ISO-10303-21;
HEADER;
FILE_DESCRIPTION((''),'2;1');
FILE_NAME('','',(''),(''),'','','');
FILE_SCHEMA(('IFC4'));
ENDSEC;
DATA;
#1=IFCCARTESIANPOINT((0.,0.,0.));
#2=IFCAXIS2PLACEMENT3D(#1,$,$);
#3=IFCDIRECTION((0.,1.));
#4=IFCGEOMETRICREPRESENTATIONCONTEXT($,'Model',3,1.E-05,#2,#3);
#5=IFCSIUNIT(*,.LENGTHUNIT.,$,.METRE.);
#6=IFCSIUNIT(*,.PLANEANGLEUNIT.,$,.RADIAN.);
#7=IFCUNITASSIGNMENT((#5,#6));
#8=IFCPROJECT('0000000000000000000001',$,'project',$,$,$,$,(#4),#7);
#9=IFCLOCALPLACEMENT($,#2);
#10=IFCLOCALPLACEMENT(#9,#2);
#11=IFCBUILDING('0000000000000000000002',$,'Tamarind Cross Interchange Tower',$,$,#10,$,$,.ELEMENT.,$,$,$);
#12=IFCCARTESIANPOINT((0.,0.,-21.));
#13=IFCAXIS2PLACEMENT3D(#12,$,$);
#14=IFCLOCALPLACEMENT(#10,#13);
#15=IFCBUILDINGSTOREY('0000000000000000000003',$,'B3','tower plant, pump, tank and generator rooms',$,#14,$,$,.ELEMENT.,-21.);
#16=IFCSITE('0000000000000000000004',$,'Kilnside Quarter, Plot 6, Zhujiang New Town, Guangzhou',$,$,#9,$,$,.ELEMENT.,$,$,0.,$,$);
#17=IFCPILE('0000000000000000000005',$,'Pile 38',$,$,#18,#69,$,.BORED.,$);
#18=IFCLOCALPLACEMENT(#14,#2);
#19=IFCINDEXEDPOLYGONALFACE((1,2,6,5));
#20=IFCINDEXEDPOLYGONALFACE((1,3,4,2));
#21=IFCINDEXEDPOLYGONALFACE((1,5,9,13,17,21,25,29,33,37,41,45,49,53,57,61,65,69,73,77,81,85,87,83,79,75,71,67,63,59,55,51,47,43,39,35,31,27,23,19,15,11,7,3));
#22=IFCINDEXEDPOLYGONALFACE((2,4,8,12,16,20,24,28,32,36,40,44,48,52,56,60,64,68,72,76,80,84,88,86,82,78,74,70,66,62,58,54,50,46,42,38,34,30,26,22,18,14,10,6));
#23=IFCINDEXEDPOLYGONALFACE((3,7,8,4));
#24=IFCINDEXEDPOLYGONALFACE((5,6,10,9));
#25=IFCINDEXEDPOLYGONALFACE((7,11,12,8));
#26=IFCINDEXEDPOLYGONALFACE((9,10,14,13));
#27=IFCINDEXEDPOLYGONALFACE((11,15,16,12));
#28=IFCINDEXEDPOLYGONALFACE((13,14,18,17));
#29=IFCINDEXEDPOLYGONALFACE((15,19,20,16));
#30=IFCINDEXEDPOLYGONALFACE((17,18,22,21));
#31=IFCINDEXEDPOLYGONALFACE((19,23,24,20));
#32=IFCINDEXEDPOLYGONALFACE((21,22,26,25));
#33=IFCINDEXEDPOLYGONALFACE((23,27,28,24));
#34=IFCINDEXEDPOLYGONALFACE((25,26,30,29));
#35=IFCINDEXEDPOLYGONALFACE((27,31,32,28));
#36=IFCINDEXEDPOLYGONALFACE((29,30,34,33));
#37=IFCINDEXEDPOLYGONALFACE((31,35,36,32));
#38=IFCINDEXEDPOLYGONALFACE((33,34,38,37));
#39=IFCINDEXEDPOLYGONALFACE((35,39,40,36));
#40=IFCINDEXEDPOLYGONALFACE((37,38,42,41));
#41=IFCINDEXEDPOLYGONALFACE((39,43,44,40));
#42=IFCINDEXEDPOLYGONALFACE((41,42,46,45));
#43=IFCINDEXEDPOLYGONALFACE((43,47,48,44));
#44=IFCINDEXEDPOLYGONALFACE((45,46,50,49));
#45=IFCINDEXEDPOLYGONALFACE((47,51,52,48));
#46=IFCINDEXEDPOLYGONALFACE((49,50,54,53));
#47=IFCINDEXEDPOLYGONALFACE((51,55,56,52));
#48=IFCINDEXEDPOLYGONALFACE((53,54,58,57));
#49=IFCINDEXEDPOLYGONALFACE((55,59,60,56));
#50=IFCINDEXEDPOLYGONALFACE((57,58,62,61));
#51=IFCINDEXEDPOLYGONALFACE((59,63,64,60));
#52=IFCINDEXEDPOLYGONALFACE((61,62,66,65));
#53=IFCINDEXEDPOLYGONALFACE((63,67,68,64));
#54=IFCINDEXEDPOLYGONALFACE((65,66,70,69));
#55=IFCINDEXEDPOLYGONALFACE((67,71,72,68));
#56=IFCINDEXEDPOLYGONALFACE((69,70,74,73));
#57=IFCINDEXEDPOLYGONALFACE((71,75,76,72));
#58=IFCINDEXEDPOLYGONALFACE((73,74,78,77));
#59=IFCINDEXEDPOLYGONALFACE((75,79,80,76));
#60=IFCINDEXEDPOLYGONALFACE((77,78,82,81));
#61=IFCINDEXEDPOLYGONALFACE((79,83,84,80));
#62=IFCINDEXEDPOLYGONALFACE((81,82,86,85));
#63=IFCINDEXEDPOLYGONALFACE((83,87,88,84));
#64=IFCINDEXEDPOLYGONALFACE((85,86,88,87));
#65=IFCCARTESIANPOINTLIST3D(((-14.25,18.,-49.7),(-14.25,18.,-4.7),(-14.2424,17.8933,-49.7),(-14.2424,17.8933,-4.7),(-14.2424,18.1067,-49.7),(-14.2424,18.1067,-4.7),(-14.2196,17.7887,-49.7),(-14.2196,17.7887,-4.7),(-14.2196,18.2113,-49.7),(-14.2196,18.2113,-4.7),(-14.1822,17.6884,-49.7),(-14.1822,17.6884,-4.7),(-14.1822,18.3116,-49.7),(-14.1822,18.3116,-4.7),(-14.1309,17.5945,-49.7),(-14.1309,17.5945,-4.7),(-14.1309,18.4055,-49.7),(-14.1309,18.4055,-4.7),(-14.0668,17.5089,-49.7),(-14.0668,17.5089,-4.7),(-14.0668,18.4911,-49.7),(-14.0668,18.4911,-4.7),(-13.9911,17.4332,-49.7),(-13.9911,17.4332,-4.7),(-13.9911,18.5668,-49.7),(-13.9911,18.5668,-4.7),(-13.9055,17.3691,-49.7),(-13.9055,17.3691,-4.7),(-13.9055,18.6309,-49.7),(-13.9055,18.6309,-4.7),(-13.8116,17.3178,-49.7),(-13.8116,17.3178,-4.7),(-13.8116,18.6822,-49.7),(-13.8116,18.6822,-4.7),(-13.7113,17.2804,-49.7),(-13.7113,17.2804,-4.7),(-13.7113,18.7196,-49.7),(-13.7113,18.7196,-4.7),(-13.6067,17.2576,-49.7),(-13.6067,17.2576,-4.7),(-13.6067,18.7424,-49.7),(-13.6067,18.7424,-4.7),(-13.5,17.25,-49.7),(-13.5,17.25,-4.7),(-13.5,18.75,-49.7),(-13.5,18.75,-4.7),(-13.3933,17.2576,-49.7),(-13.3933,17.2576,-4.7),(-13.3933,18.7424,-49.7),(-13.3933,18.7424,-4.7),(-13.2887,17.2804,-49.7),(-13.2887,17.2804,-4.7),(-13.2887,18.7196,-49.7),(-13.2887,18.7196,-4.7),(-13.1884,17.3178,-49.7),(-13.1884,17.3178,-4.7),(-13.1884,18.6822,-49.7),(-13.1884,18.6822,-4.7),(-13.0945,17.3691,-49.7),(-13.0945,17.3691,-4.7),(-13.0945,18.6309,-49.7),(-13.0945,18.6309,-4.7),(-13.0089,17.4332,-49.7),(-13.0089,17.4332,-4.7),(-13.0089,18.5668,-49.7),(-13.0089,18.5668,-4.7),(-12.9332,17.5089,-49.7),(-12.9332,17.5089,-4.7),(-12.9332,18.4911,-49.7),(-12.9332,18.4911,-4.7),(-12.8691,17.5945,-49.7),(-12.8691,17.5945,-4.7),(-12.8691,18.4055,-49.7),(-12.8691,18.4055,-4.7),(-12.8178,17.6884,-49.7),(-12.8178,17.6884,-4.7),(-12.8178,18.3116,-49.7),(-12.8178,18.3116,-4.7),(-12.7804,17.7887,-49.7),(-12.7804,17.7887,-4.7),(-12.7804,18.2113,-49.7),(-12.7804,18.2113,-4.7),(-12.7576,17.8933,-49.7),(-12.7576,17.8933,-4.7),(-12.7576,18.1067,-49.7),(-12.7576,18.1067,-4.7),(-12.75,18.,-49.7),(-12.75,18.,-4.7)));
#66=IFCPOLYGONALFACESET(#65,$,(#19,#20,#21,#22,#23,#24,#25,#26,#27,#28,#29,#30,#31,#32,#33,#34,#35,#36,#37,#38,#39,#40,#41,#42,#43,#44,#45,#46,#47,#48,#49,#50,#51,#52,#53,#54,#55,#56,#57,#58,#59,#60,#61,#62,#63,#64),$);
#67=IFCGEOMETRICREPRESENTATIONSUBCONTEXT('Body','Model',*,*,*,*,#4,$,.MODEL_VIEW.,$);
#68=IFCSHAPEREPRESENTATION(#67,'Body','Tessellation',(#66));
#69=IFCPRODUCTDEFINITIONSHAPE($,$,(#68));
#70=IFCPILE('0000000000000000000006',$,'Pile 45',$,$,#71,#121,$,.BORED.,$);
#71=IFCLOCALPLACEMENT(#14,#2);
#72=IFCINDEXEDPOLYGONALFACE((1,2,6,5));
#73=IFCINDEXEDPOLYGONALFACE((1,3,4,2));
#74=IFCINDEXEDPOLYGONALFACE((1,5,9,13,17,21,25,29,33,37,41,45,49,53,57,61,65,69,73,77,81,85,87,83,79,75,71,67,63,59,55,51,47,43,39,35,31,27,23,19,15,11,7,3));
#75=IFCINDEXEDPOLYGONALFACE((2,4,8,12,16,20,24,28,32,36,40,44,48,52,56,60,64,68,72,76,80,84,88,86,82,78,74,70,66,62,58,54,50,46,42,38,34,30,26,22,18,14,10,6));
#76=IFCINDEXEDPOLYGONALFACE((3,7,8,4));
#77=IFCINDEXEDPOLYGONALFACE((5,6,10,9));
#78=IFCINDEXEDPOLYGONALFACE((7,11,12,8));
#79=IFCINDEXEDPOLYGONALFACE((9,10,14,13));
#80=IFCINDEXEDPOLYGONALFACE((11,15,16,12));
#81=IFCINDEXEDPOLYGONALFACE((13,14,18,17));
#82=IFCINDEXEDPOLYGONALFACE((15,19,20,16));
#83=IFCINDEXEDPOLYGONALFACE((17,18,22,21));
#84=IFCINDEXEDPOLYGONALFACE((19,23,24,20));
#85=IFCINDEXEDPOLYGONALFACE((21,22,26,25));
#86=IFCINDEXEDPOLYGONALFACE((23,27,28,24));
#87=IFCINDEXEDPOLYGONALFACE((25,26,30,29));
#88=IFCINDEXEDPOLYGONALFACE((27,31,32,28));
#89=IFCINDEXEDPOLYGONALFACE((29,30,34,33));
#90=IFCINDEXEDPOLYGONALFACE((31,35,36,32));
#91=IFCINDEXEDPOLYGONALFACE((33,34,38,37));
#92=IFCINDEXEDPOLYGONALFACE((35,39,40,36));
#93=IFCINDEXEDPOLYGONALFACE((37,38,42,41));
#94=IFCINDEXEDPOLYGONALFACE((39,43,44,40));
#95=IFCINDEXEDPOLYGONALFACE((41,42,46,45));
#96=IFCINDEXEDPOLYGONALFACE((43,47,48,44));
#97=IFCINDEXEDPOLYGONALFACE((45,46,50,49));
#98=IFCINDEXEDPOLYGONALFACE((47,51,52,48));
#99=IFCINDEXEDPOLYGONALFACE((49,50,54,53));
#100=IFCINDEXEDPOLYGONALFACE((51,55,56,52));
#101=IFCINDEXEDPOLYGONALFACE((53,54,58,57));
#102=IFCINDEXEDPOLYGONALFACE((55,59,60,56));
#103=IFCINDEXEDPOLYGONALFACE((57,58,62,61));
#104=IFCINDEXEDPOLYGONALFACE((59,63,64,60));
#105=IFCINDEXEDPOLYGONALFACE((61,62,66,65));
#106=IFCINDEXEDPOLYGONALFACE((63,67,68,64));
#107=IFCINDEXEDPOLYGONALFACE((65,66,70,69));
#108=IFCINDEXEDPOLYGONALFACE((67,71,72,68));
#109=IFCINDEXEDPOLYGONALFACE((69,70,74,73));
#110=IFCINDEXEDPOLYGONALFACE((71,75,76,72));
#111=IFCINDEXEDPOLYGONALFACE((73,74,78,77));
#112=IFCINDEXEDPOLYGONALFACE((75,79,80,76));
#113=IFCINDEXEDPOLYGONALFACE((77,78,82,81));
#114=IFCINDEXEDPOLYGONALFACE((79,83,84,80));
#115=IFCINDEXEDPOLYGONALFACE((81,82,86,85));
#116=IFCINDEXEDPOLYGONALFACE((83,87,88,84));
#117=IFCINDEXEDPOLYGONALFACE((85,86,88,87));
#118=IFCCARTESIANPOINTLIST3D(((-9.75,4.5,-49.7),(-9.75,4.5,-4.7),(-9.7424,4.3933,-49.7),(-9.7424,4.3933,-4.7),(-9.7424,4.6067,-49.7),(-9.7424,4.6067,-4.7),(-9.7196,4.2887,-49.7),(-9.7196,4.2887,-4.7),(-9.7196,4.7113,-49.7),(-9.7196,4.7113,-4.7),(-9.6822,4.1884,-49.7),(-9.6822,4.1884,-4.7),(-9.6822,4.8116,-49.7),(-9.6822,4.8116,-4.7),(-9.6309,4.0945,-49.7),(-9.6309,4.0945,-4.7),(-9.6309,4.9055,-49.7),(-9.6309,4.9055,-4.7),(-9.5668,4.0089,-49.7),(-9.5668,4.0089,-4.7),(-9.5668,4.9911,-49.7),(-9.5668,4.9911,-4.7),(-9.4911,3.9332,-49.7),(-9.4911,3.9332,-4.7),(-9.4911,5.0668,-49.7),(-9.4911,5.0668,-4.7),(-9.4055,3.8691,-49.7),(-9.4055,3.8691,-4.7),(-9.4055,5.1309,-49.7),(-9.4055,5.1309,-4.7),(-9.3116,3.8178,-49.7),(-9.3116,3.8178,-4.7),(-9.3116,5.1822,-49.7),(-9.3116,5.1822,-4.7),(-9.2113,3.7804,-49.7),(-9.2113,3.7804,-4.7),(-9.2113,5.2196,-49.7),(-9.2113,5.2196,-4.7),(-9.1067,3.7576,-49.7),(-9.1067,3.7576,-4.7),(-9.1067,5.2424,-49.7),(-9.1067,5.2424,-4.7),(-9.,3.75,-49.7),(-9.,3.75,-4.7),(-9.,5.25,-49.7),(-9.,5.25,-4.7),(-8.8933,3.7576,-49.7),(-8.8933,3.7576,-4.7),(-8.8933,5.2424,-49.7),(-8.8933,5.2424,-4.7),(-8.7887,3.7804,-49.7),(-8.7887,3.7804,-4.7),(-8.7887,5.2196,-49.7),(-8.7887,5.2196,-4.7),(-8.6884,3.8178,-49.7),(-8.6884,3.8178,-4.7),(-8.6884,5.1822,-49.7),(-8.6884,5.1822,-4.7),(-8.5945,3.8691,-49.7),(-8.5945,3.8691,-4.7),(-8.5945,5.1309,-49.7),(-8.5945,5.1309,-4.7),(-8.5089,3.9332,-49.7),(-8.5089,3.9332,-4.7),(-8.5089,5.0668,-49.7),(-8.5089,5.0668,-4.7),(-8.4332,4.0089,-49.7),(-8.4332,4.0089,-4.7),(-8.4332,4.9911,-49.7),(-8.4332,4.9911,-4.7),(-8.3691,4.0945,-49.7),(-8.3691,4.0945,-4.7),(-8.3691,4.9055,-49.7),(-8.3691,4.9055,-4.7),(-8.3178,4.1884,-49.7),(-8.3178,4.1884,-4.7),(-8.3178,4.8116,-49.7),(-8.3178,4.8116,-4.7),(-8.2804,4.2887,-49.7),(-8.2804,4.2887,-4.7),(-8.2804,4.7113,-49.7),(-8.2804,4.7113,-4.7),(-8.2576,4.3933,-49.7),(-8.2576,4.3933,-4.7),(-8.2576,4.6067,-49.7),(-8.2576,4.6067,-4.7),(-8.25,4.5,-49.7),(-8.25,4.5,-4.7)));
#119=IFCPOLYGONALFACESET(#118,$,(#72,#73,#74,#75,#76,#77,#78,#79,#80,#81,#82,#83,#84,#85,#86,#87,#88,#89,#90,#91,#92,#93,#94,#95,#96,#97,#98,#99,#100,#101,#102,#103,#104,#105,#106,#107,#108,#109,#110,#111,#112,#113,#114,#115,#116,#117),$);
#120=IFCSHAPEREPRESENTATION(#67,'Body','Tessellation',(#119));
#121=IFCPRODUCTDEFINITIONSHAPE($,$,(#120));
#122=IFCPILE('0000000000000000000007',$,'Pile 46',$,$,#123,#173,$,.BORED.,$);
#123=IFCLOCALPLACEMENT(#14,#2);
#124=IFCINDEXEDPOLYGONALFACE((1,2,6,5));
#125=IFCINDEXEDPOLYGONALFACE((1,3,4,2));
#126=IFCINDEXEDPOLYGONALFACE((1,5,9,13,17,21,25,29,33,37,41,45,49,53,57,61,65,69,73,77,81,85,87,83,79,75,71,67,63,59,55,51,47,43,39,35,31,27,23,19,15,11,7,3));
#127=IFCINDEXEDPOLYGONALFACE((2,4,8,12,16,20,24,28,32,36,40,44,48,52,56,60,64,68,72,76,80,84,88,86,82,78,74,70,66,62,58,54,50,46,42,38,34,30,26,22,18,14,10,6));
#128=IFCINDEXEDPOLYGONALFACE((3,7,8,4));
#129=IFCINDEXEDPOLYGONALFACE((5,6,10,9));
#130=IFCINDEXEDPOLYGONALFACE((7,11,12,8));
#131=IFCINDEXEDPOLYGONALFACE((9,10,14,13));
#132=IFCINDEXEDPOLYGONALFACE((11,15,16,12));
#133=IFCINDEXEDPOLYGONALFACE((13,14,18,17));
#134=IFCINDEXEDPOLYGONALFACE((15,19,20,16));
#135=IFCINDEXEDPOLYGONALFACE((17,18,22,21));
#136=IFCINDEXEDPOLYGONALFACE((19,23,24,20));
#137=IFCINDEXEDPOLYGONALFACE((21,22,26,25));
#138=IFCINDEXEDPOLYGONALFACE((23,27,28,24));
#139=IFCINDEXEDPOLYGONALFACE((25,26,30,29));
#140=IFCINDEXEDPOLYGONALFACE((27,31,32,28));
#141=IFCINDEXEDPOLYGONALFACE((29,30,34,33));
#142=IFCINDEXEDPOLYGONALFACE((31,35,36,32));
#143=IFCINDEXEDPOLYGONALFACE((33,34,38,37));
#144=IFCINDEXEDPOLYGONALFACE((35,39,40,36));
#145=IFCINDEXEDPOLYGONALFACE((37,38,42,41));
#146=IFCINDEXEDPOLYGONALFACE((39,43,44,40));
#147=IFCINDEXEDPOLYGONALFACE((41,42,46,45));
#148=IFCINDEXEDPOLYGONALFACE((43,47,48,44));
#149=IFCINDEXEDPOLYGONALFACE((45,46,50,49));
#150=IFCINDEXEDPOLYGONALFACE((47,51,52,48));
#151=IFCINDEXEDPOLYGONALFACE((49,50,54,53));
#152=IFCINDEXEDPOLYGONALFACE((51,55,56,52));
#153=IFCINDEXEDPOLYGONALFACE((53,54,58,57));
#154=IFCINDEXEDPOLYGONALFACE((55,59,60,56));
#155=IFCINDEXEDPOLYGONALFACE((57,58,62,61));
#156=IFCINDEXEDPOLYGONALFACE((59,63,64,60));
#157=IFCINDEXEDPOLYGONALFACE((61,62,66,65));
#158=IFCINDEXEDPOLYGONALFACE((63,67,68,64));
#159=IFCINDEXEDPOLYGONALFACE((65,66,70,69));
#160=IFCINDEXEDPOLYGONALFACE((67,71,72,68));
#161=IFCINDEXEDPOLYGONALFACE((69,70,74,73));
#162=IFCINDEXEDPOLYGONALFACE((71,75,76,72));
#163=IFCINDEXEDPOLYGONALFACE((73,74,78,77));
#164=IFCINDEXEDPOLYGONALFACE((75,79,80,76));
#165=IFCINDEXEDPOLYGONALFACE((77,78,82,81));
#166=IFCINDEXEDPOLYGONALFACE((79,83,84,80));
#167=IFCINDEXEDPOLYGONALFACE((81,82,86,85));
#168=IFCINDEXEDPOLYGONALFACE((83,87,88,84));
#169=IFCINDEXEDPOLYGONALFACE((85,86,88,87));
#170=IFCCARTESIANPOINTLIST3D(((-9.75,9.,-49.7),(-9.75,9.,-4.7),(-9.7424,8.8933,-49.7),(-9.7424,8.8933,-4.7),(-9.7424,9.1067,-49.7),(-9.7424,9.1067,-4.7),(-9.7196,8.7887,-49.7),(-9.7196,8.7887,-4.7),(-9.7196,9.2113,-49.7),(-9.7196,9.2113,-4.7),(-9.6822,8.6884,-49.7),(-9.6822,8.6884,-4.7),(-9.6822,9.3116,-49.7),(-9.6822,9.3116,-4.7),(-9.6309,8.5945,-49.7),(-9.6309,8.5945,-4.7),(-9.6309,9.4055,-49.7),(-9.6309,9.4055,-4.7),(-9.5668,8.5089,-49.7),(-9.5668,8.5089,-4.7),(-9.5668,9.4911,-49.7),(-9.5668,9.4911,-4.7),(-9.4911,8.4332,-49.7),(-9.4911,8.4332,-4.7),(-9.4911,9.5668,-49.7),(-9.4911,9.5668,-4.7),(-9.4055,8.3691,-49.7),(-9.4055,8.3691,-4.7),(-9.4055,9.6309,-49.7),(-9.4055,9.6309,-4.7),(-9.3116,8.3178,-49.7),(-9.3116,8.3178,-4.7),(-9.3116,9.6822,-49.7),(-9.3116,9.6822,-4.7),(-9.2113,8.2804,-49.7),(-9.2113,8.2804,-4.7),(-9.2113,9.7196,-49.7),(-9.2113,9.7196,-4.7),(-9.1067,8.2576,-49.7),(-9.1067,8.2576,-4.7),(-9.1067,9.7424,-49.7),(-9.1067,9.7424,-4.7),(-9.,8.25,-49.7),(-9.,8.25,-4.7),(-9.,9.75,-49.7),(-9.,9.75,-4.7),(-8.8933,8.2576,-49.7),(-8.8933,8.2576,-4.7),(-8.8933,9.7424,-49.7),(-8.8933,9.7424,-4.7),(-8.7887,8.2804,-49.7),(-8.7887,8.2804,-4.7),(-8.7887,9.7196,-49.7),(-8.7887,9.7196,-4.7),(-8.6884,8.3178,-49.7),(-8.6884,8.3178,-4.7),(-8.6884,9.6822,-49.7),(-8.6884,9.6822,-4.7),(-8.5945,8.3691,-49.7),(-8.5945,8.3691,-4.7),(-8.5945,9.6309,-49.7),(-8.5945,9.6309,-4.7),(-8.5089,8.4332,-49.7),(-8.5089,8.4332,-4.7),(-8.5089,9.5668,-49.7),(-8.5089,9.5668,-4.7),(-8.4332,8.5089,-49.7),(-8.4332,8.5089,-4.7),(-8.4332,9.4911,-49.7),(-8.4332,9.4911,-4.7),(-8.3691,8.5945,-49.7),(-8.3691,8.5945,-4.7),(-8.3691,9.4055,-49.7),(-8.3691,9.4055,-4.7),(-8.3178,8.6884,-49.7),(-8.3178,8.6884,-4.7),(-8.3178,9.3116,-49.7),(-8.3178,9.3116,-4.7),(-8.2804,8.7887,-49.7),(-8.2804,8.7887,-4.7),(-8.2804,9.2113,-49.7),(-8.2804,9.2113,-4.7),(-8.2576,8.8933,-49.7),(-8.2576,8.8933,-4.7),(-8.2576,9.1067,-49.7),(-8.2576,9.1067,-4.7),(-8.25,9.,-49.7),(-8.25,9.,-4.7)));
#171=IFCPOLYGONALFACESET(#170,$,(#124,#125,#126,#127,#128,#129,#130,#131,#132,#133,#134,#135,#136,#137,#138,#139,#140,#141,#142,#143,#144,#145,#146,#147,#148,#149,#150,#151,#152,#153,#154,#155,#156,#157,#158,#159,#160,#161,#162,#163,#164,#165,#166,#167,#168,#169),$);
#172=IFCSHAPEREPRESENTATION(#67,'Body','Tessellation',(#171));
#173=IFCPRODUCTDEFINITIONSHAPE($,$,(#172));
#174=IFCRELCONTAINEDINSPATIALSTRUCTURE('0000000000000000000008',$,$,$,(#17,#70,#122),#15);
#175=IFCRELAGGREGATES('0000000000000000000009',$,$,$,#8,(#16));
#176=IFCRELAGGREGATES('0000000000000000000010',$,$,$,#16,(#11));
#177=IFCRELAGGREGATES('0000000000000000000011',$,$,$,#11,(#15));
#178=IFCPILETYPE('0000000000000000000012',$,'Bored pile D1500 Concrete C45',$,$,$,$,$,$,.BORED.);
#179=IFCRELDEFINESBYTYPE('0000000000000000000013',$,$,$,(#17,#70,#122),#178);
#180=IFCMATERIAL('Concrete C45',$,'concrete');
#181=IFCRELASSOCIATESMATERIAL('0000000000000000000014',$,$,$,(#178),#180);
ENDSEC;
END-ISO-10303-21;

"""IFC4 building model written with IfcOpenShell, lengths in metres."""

from ifc_helpers import new_model, si_unit, direction, frame, origin, origin_2d, place, context, subcontext, project, spatial, circle, extrude, material, material_profile, profile_set, type_object, element, save


model = new_model("IFC4")

# Units and contexts
model_context = context("Model", 3, precision=1e-05, world=origin(), true_north=direction((0.0, 1.0)))
body_context = subcontext(model_context, "Body", "Model", "MODEL_VIEW")
ifc_project = project(units=[si_unit("LENGTHUNIT", "METRE"), si_unit("PLANEANGLEUNIT", "RADIAN")], contexts=[model_context])

# Site, building, storey
site_placement = place(None, origin())
site = spatial("IfcSite", under=ifc_project, at=site_placement, Name="Kilnside Quarter, Plot 6, Zhujiang New Town, Guangzhou", CompositionType="ELEMENT", RefElevation=0.0)
building_placement = place(site_placement, origin())
building = spatial("IfcBuilding", under=site, at=building_placement, Name="Tamarind Cross Interchange Tower", CompositionType="ELEMENT")
storey_placement = place(building_placement, frame((0.0, 0.0, -21.0)))
storey = spatial("IfcBuildingStorey", under=building, at=storey_placement, Name="B3", Description="tower plant, pump, tank and generator rooms", CompositionType="ELEMENT", Elevation=-21.0)

# Piles
ifc_material_1 = material(Name="Concrete C45", Category="concrete")
ifc_material_profile_1 = material_profile(ifc_material_1, circle(Radius=0.75, at=origin_2d()), Name="RC D1500")
ifc_profile_set_1 = profile_set([ifc_material_profile_1], Name="Concrete C45")
pile_type = type_object("IfcPileType", Name="Bored pile D1500 Concrete C45", PredefinedType="BORED", material=ifc_profile_set_1)
for number, where, z_axis, x_axis, name in (
    (1, (-13.5, 18.0, -4.7), (0.0, 0.0, -1.0), (1.0, 0.0, 0.0), "Pile 38"),
    (2, (-9.0, 4.5, -4.7), (0.0, 0.0, -1.0), (1.0, 0.0, 0.0), "Pile 45"),
    (3, (-9.0, 9.0, -4.7), (0.0, 0.0, -1.0), (1.0, 0.0, 0.0), "Pile 46"),
):
    element("IfcPile", number, at=place(storey_placement, frame(where, z_axis=z_axis, x_axis=x_axis)), inside=storey, type_object=pile_type, Name=name, PredefinedType="BORED", context=body_context, shape_type="SweptSolid", body=[
        extrude(circle(Radius=0.75, at=origin_2d()), origin(), (0.0, 0.0, 1.0), 45.0),
    ])

save(model, "model.ifc")
